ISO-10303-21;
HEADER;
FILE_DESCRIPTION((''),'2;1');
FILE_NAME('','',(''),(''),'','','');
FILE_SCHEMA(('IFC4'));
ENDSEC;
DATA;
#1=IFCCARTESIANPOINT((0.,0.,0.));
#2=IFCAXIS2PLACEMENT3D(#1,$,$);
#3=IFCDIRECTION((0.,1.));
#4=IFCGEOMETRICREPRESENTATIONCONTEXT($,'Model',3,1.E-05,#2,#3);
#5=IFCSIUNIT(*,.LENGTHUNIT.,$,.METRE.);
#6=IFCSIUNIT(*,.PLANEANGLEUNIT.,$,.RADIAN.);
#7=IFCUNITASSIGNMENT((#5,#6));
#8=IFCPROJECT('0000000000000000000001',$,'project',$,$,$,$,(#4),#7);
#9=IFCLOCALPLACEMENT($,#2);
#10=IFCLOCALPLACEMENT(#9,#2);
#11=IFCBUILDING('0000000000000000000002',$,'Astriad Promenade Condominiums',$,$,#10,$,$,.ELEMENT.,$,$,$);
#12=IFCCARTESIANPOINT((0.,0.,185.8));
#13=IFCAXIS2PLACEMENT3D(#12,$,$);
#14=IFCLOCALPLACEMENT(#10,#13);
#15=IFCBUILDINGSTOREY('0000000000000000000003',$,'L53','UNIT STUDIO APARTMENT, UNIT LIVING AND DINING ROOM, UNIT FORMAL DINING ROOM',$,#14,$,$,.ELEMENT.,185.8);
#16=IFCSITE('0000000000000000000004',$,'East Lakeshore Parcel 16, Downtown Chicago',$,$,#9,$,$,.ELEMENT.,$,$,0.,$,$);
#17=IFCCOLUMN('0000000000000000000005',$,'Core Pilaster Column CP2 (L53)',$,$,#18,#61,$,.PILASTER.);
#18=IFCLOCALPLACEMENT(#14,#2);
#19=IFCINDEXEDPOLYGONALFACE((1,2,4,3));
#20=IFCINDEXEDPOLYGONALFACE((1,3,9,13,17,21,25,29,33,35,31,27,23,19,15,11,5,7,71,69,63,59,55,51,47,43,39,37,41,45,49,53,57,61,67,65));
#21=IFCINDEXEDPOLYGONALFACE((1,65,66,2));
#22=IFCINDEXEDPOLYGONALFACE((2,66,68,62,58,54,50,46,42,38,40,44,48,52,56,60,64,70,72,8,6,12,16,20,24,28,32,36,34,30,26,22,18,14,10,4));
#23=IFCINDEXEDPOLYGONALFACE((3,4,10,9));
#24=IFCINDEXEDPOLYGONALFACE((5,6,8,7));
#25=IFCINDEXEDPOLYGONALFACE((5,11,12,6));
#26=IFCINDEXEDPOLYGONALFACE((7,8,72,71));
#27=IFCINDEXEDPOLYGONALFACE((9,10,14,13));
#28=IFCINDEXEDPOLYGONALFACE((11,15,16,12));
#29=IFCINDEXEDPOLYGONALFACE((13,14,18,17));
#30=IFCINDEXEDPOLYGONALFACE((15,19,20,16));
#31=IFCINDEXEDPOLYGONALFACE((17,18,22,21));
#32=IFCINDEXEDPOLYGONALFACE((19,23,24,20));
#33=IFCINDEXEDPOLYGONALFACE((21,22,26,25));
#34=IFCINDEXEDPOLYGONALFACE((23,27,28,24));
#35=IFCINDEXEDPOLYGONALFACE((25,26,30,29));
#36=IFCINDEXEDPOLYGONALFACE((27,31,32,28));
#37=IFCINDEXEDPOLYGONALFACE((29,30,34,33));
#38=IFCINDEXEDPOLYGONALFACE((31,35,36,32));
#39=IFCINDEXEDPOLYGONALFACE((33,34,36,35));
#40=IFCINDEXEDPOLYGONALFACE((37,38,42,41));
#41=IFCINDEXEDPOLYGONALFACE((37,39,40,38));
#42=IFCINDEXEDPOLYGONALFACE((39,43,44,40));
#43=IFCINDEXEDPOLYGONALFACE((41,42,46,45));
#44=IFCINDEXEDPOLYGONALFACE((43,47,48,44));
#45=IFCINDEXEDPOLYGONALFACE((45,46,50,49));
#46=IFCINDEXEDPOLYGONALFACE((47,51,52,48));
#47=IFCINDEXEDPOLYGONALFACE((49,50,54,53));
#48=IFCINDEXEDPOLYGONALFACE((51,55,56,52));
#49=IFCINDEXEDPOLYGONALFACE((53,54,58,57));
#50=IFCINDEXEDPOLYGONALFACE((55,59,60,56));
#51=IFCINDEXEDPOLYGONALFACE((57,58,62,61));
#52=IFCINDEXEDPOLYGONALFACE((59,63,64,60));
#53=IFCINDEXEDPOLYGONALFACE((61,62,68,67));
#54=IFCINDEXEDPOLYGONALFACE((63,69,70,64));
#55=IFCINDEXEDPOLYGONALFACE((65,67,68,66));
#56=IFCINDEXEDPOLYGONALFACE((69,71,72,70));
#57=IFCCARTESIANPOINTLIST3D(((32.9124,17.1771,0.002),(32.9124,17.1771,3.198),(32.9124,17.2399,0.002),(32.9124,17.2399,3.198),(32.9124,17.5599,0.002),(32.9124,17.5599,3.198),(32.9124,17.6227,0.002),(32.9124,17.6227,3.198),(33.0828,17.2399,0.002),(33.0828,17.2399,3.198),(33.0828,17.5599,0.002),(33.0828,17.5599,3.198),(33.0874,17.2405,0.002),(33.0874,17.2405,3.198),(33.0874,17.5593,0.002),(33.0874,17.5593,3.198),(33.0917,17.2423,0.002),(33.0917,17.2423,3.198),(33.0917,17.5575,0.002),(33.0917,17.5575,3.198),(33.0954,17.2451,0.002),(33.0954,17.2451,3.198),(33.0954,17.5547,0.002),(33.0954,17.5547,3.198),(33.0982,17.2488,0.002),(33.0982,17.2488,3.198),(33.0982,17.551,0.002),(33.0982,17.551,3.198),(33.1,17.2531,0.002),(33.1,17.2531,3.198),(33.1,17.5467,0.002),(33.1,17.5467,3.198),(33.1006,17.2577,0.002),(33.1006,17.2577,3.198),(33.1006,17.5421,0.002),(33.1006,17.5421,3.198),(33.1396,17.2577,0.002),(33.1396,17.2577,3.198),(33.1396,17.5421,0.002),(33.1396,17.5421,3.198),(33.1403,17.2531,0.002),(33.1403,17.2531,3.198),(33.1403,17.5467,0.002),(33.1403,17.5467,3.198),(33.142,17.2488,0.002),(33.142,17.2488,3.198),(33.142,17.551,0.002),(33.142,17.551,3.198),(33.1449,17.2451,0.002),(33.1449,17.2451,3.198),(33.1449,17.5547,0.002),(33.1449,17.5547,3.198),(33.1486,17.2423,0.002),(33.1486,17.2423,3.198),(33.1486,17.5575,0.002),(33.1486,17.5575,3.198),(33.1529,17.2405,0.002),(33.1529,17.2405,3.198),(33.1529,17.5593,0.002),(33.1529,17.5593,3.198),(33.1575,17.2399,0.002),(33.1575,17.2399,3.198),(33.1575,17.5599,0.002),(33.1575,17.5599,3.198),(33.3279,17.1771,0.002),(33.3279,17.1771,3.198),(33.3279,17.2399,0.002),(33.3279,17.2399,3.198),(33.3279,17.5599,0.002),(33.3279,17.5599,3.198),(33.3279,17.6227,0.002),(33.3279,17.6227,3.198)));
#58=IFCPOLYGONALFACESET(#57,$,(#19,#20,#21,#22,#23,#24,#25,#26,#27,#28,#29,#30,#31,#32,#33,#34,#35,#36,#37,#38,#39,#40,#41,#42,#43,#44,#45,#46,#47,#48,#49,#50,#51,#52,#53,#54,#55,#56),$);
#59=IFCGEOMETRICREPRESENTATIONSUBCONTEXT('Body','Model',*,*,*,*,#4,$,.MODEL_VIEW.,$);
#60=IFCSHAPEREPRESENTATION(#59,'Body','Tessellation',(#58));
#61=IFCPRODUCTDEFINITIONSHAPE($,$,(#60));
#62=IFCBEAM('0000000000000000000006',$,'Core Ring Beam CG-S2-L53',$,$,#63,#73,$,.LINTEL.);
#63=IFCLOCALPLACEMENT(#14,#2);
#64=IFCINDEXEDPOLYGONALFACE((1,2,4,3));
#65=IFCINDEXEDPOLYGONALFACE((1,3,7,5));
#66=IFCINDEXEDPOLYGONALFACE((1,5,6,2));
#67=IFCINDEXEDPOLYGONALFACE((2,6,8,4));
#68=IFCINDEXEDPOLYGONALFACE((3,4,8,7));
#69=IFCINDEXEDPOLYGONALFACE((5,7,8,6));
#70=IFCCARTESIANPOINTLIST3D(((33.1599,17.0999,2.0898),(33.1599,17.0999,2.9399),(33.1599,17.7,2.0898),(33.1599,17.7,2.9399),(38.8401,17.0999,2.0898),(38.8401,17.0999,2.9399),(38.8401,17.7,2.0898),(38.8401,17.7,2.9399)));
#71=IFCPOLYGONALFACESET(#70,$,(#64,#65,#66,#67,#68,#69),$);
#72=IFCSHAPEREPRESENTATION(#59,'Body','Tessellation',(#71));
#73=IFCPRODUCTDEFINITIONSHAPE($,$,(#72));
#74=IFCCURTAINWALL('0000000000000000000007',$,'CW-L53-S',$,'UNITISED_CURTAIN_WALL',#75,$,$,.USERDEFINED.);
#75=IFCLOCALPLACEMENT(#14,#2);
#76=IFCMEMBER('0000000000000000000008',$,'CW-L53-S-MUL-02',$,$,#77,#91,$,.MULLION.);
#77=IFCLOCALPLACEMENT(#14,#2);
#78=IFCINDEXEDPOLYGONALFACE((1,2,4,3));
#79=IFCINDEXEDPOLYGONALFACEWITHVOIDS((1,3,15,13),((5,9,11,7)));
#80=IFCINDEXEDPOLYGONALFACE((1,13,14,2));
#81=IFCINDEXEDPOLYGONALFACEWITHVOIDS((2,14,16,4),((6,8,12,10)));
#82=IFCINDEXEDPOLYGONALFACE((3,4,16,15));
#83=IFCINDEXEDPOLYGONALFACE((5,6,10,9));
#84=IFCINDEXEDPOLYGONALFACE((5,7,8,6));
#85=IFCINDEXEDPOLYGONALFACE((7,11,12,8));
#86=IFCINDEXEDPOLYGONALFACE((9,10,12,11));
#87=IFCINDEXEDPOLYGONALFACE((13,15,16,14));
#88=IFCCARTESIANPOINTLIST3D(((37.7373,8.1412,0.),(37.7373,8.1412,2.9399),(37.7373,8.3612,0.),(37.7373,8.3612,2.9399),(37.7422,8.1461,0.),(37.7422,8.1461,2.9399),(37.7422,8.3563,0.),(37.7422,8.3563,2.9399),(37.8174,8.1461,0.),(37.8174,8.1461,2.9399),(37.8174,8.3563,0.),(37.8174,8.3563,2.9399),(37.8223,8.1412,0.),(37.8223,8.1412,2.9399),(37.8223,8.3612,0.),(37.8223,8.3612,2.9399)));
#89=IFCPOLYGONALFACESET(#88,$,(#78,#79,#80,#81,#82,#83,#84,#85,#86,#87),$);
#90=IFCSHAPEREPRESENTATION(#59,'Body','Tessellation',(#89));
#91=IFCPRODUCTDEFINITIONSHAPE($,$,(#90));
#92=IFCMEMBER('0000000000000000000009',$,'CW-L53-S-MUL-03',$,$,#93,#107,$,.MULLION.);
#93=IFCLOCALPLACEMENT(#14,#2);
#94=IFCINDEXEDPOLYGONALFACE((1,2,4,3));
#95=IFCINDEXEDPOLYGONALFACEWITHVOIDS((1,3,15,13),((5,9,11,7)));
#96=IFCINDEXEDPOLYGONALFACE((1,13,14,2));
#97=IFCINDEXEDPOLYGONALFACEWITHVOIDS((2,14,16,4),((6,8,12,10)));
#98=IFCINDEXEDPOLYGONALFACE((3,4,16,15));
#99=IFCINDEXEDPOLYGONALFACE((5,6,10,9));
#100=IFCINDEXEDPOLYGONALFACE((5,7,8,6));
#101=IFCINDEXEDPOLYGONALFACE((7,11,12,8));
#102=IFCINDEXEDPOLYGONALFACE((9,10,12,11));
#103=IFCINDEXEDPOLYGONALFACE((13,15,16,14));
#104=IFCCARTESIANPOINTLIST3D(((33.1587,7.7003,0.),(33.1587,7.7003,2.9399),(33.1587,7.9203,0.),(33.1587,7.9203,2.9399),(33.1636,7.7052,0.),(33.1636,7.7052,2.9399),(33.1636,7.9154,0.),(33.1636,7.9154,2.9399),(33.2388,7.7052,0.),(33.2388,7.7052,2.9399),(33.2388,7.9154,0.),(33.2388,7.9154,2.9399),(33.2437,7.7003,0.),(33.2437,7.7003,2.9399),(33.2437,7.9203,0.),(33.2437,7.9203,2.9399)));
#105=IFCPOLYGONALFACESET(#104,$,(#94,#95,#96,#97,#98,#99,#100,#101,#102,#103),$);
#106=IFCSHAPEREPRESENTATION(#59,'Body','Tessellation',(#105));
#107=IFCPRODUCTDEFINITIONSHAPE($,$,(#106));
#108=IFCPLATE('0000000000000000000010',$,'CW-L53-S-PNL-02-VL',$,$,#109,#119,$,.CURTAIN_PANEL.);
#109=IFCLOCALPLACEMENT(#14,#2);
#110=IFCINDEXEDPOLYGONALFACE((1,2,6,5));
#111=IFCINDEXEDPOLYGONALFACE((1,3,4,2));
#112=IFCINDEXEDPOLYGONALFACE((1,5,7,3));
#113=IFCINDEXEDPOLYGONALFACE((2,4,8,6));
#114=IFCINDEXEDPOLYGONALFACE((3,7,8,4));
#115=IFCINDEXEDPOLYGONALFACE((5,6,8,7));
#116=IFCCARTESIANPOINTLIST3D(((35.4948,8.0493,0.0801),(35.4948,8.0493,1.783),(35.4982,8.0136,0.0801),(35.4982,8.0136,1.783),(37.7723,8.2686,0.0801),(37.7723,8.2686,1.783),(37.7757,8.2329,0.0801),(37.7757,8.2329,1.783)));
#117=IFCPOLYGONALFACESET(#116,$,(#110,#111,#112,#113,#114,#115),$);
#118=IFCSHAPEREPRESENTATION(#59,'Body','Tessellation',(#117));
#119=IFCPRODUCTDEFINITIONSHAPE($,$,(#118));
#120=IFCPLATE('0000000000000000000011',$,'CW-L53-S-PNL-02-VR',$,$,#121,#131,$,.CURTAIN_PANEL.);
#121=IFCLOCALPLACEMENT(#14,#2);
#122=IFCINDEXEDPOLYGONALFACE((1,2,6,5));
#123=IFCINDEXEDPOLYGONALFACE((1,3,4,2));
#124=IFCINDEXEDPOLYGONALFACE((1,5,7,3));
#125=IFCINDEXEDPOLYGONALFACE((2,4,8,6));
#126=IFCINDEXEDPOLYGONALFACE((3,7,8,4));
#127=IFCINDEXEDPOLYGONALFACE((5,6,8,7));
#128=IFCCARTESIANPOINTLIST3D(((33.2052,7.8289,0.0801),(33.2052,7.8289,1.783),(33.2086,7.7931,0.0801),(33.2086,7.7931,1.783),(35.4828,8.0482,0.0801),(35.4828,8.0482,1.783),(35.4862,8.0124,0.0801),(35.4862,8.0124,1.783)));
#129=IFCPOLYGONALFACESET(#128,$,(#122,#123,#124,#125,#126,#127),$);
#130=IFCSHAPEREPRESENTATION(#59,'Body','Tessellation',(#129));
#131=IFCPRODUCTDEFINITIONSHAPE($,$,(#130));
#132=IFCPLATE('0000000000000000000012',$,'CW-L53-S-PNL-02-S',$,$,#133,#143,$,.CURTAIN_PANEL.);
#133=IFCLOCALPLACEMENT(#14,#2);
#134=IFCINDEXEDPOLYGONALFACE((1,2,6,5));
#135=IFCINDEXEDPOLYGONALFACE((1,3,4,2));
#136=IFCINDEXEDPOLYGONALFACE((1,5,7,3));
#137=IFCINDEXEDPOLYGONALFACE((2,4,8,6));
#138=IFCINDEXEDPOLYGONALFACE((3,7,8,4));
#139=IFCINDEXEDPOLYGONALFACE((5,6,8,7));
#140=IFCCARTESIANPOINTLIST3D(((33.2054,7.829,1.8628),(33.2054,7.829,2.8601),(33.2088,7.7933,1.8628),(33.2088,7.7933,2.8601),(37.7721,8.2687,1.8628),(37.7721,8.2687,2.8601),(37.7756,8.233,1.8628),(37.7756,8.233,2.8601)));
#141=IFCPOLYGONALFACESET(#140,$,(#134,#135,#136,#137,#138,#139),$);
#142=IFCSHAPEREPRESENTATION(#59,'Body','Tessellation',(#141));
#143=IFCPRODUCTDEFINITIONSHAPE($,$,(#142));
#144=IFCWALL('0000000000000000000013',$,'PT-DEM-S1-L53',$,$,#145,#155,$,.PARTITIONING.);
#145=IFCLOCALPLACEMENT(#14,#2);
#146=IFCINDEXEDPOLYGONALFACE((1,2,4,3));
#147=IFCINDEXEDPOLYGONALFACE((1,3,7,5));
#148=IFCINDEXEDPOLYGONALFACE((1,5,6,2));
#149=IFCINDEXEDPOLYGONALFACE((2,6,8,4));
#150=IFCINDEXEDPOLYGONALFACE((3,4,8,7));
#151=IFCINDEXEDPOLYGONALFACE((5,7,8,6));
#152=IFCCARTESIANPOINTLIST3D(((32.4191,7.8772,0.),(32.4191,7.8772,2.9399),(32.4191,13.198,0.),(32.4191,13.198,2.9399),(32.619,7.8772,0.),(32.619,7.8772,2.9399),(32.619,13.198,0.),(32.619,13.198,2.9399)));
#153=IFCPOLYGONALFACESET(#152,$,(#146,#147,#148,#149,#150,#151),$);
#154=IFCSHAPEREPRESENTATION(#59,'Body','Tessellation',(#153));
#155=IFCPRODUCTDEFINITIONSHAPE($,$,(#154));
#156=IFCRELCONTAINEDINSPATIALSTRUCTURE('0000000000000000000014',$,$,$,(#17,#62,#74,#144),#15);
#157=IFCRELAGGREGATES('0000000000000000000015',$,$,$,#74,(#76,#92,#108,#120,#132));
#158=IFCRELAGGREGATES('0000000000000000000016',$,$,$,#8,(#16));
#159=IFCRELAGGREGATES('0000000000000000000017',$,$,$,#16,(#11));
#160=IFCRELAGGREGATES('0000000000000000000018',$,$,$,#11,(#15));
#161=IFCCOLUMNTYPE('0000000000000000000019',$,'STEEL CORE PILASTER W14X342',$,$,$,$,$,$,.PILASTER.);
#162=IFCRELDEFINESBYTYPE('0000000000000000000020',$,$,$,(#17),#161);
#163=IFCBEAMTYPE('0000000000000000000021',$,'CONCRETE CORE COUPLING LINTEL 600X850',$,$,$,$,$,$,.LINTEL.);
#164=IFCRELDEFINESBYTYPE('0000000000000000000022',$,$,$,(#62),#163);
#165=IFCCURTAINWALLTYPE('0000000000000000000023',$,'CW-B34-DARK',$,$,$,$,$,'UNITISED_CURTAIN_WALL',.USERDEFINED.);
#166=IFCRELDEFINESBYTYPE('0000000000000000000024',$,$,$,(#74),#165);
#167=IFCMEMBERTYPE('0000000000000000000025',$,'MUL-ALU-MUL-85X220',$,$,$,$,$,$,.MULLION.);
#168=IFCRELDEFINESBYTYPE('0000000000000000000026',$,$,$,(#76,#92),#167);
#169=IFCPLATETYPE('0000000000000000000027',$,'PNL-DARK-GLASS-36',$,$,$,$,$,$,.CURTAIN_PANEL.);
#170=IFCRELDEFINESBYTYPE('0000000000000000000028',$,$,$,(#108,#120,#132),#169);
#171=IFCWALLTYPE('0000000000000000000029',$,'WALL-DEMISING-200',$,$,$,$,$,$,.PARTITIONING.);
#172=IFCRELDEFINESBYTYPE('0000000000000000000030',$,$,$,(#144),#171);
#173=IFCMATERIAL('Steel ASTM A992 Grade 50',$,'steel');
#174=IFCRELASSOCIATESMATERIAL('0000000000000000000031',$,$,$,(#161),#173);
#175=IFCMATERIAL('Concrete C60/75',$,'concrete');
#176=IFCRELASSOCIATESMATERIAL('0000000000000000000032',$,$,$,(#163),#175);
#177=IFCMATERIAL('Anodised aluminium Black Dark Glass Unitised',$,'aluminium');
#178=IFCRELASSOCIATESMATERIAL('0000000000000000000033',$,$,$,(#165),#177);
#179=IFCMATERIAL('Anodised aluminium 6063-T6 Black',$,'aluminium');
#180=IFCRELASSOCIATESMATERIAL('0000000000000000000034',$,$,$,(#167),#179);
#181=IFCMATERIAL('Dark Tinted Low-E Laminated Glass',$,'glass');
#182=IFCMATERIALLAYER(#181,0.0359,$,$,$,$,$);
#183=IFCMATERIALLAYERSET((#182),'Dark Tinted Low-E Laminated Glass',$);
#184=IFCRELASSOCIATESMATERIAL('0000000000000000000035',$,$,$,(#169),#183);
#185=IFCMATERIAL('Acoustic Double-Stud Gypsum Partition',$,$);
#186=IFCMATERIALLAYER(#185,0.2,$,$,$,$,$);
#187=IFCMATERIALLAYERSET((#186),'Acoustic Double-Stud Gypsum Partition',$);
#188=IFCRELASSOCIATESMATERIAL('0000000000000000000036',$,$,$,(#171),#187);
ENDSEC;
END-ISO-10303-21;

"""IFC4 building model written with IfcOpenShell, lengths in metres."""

from ifc_helpers import new_model, si_unit, direction, frame, frame_2d, origin, origin_2d, place, context, subcontext, project, spatial, rectangle, hollow_rectangle, i_section, extrude, source, transform, mapped, material, layer, layer_set, material_profile, profile_set, type_object, type_shapes, element, aggregate, save


model = new_model("IFC4")

# Units and contexts
model_context = context("Model", 3, precision=1e-05, world=origin(), true_north=direction((0.0, 1.0)))
body_context = subcontext(model_context, "Body", "Model", "MODEL_VIEW")
ifc_project = project(units=[si_unit("LENGTHUNIT", "METRE"), si_unit("PLANEANGLEUNIT", "RADIAN")], contexts=[model_context])

# Site, building, storey
site_placement = place(None, origin())
site = spatial("IfcSite", under=ifc_project, at=site_placement, Name="East Lakeshore Parcel 16, Downtown Chicago", CompositionType="ELEMENT", RefElevation=0.0)
building_placement = place(site_placement, origin())
building = spatial("IfcBuilding", under=site, at=building_placement, Name="Astriad Promenade Condominiums", CompositionType="ELEMENT")
storey_placement = place(building_placement, frame((0.0, 0.0, 185.8)))
storey = spatial("IfcBuildingStorey", under=building, at=storey_placement, Name="L53", Description="UNIT STUDIO APARTMENT, UNIT LIVING AND DINING ROOM, UNIT FORMAL DINING ROOM", CompositionType="ELEMENT", Elevation=185.8)

# Column
ifc_material_1 = material(Name="Steel ASTM A992 Grade 50", Category="steel")
ifc_material_profile_1 = material_profile(ifc_material_1, i_section(OverallWidth=0.4155, OverallDepth=0.4456, WebThickness=0.0391, FlangeThickness=0.0627, FilletRadius=0.0178, at=origin_2d()), Name="W14X342")
ifc_profile_set_1 = profile_set([ifc_material_profile_1], Name="Steel ASTM A992 Grade 50")
column_type = type_object("IfcColumnType", Name="STEEL CORE PILASTER W14X342", PredefinedType="PILASTER", material=ifc_profile_set_1)
shared_shape_1 = source(origin(), body_context, "Body", "SweptSolid", [
    extrude(i_section(OverallWidth=0.4155, OverallDepth=0.4456, WebThickness=0.0391, FlangeThickness=0.0627, FilletRadius=0.0178, at=origin_2d()), origin(), (0.0, 0.0, 1.0), 3.196),
])
type_shapes(column_type, [shared_shape_1])
column_placement = place(storey_placement, frame((33.1201, 17.3999, 0.002), z_axis=(0.0, 0.0, 1.0), x_axis=(1.0, 0.0, 0.0)))
element("IfcColumn", 1, at=column_placement, inside=storey, type_object=column_type, Name="Core Pilaster Column CP2 (L53)", PredefinedType="PILASTER", context=body_context, shape_type="MappedRepresentation", body=[
    mapped(shared_shape_1, transform((0.0, 0.0, 0.0), scale=1.0)),
])

# Beam
ifc_material_2 = material(Name="Concrete C60/75", Category="concrete")
ifc_material_profile_2 = material_profile(ifc_material_2, rectangle(XDim=0.6001, YDim=0.8501, at=origin_2d()), Name="RC-BM-600X850")
ifc_profile_set_2 = profile_set([ifc_material_profile_2], Name="Concrete C60/75")
beam_type = type_object("IfcBeamType", Name="CONCRETE CORE COUPLING LINTEL 600X850", PredefinedType="LINTEL", material=ifc_profile_set_2)
shared_shape_2 = source(origin(), body_context, "Body", "SweptSolid", [
    extrude(rectangle(XDim=0.6001, YDim=0.8501, at=origin_2d()), origin(), (0.0, 0.0, 1.0), 5.6802),
])
type_shapes(beam_type, [shared_shape_2])
beam_placement = place(storey_placement, frame((33.1599, 17.3999, 2.5149), z_axis=(1.0, 0.0, 0.0), x_axis=(0.0, 1.0, 0.0)))
element("IfcBeam", 2, at=beam_placement, inside=storey, type_object=beam_type, Name="Core Ring Beam CG-S2-L53", PredefinedType="LINTEL", context=body_context, shape_type="MappedRepresentation", body=[
    mapped(shared_shape_2, transform((0.0, 0.0, 0.0), scale=1.0)),
])

# Curtain wall, members, plates
ifc_material_3 = material(Name="Anodised aluminium Black Dark Glass Unitised", Category="aluminium")
curtain_wall_type = type_object("IfcCurtainWallType", Name="CW-B34-DARK", ElementType="UNITISED_CURTAIN_WALL", PredefinedType="USERDEFINED", material=ifc_material_3)
curtain_wall_placement = place(storey_placement, origin())
curtain_wall = element("IfcCurtainWall", 3, at=curtain_wall_placement, inside=storey, type_object=curtain_wall_type, Name="CW-L53-S", ObjectType="UNITISED_CURTAIN_WALL", PredefinedType="USERDEFINED")
ifc_material_4 = material(Name="Anodised aluminium 6063-T6 Black", Category="aluminium")
ifc_material_profile_3 = material_profile(ifc_material_4, hollow_rectangle(XDim=0.085, YDim=0.22, WallThickness=0.0049, at=origin_2d()), Name="ALU-MUL-85X220")
ifc_profile_set_3 = profile_set([ifc_material_profile_3], Name="Anodised aluminium 6063-T6 Black")
member_type = type_object("IfcMemberType", Name="MUL-ALU-MUL-85X220", PredefinedType="MULLION", material=ifc_profile_set_3)
shared_shape_3 = source(origin(), body_context, "Body", "SweptSolid", [
    extrude(hollow_rectangle(XDim=0.085, YDim=0.22, WallThickness=0.0049, at=origin_2d()), origin(), (0.0, 0.0, 1.0), 2.9399),
])
type_shapes(member_type, [shared_shape_3])
member_1_placement = place(storey_placement, frame((37.7798, 8.2512, 0.0), z_axis=(0.0, 0.0, 1.0), x_axis=(1.0, 0.0, 0.0)))
member_1 = element("IfcMember", 4, at=member_1_placement, type_object=member_type, Name="CW-L53-S-MUL-02", PredefinedType="MULLION", context=body_context, shape_type="MappedRepresentation", body=[
    mapped(shared_shape_3, transform((0.0, 0.0, 0.0), scale=1.0)),
])
member_2_placement = place(storey_placement, frame((33.2012, 7.8103, 0.0), z_axis=(0.0, 0.0, 1.0), x_axis=(1.0, 0.0, 0.0)))
member_2 = element("IfcMember", 5, at=member_2_placement, type_object=member_type, Name="CW-L53-S-MUL-03", PredefinedType="MULLION", context=body_context, shape_type="MappedRepresentation", body=[
    mapped(shared_shape_3, transform((0.0, 0.0, 0.0), scale=1.0)),
])
ifc_material_5 = material(Name="Dark Tinted Low-E Laminated Glass", Category="glass")
ifc_layer_1 = layer(ifc_material_5, 0.0359)
ifc_layer_set_1 = layer_set([ifc_layer_1], Name="Dark Tinted Low-E Laminated Glass")
plate_type = type_object("IfcPlateType", Name="PNL-DARK-GLASS-36", PredefinedType="CURTAIN_PANEL", material=ifc_layer_set_1)
shared_shape_4 = source(origin(), body_context, "Body", "SweptSolid", [
    extrude(rectangle(XDim=2.2881, YDim=0.0359, at=origin_2d()), origin(), (0.0, 0.0, 1.0), 1.7029),
])
plate_1_placement = place(storey_placement, frame((36.6353, 8.1411, 0.0801), z_axis=(0.0, 0.0, 1.0), x_axis=(-0.995396, -0.095846, 0.0)))
plate_1 = element("IfcPlate", 6, at=plate_1_placement, type_object=plate_type, Name="CW-L53-S-PNL-02-VL", PredefinedType="CURTAIN_PANEL", context=body_context, shape_type="MappedRepresentation", body=[
    mapped(shared_shape_4, transform((0.0, 0.0, 0.0), scale=1.0)),
])
plate_2_placement = place(storey_placement, frame((34.3457, 7.9207, 0.0801), z_axis=(0.0, 0.0, 1.0), x_axis=(-0.995396, -0.095846, 0.0)))
plate_2 = element("IfcPlate", 7, at=plate_2_placement, type_object=plate_type, Name="CW-L53-S-PNL-02-VR", PredefinedType="CURTAIN_PANEL", context=body_context, shape_type="MappedRepresentation", body=[
    mapped(shared_shape_4, transform((0.0, 0.0, 0.0), scale=1.0)),
])
shared_shape_5 = source(origin(), body_context, "Body", "SweptSolid", [
    extrude(rectangle(XDim=4.5879, YDim=0.0359, at=origin_2d()), origin(), (0.0, 0.0, 1.0), 0.9973),
])
type_shapes(plate_type, [shared_shape_4, shared_shape_5])
plate_3_placement = place(storey_placement, frame((35.4905, 8.031, 1.8628), z_axis=(0.0, 0.0, 1.0), x_axis=(-0.995396, -0.095846, 0.0)))
plate_3 = element("IfcPlate", 8, at=plate_3_placement, type_object=plate_type, Name="CW-L53-S-PNL-02-S", PredefinedType="CURTAIN_PANEL", context=body_context, shape_type="MappedRepresentation", body=[
    mapped(shared_shape_5, transform((0.0, 0.0, 0.0), scale=1.0)),
])
aggregate(curtain_wall, [member_1, member_2, plate_1, plate_2, plate_3])

# Wall
ifc_material_6 = material(Name="Acoustic Double-Stud Gypsum Partition")
ifc_layer_2 = layer(ifc_material_6, 0.2)
ifc_layer_set_2 = layer_set([ifc_layer_2], Name="Acoustic Double-Stud Gypsum Partition")
wall_type_1 = type_object("IfcWallType", Name="WALL-DEMISING-200", PredefinedType="PARTITIONING", material=ifc_layer_set_2)
wall_1_placement = place(storey_placement, frame((32.519, 7.8772, 0.0), z_axis=(0.0, 0.0, 1.0), x_axis=(0.0, 1.0, 0.0)))
element("IfcWall", 9, at=wall_1_placement, inside=storey, type_object=wall_type_1, Name="PT-DEM-S1-L53", PredefinedType="PARTITIONING", context=body_context, shape_type="SweptSolid", body=[
    extrude(rectangle(XDim=5.3208, YDim=0.2, at=frame_2d((2.6604, 0.0))), origin(), (0.0, 0.0, 1.0), 2.9399),
])

save(model, "model.ifc")
